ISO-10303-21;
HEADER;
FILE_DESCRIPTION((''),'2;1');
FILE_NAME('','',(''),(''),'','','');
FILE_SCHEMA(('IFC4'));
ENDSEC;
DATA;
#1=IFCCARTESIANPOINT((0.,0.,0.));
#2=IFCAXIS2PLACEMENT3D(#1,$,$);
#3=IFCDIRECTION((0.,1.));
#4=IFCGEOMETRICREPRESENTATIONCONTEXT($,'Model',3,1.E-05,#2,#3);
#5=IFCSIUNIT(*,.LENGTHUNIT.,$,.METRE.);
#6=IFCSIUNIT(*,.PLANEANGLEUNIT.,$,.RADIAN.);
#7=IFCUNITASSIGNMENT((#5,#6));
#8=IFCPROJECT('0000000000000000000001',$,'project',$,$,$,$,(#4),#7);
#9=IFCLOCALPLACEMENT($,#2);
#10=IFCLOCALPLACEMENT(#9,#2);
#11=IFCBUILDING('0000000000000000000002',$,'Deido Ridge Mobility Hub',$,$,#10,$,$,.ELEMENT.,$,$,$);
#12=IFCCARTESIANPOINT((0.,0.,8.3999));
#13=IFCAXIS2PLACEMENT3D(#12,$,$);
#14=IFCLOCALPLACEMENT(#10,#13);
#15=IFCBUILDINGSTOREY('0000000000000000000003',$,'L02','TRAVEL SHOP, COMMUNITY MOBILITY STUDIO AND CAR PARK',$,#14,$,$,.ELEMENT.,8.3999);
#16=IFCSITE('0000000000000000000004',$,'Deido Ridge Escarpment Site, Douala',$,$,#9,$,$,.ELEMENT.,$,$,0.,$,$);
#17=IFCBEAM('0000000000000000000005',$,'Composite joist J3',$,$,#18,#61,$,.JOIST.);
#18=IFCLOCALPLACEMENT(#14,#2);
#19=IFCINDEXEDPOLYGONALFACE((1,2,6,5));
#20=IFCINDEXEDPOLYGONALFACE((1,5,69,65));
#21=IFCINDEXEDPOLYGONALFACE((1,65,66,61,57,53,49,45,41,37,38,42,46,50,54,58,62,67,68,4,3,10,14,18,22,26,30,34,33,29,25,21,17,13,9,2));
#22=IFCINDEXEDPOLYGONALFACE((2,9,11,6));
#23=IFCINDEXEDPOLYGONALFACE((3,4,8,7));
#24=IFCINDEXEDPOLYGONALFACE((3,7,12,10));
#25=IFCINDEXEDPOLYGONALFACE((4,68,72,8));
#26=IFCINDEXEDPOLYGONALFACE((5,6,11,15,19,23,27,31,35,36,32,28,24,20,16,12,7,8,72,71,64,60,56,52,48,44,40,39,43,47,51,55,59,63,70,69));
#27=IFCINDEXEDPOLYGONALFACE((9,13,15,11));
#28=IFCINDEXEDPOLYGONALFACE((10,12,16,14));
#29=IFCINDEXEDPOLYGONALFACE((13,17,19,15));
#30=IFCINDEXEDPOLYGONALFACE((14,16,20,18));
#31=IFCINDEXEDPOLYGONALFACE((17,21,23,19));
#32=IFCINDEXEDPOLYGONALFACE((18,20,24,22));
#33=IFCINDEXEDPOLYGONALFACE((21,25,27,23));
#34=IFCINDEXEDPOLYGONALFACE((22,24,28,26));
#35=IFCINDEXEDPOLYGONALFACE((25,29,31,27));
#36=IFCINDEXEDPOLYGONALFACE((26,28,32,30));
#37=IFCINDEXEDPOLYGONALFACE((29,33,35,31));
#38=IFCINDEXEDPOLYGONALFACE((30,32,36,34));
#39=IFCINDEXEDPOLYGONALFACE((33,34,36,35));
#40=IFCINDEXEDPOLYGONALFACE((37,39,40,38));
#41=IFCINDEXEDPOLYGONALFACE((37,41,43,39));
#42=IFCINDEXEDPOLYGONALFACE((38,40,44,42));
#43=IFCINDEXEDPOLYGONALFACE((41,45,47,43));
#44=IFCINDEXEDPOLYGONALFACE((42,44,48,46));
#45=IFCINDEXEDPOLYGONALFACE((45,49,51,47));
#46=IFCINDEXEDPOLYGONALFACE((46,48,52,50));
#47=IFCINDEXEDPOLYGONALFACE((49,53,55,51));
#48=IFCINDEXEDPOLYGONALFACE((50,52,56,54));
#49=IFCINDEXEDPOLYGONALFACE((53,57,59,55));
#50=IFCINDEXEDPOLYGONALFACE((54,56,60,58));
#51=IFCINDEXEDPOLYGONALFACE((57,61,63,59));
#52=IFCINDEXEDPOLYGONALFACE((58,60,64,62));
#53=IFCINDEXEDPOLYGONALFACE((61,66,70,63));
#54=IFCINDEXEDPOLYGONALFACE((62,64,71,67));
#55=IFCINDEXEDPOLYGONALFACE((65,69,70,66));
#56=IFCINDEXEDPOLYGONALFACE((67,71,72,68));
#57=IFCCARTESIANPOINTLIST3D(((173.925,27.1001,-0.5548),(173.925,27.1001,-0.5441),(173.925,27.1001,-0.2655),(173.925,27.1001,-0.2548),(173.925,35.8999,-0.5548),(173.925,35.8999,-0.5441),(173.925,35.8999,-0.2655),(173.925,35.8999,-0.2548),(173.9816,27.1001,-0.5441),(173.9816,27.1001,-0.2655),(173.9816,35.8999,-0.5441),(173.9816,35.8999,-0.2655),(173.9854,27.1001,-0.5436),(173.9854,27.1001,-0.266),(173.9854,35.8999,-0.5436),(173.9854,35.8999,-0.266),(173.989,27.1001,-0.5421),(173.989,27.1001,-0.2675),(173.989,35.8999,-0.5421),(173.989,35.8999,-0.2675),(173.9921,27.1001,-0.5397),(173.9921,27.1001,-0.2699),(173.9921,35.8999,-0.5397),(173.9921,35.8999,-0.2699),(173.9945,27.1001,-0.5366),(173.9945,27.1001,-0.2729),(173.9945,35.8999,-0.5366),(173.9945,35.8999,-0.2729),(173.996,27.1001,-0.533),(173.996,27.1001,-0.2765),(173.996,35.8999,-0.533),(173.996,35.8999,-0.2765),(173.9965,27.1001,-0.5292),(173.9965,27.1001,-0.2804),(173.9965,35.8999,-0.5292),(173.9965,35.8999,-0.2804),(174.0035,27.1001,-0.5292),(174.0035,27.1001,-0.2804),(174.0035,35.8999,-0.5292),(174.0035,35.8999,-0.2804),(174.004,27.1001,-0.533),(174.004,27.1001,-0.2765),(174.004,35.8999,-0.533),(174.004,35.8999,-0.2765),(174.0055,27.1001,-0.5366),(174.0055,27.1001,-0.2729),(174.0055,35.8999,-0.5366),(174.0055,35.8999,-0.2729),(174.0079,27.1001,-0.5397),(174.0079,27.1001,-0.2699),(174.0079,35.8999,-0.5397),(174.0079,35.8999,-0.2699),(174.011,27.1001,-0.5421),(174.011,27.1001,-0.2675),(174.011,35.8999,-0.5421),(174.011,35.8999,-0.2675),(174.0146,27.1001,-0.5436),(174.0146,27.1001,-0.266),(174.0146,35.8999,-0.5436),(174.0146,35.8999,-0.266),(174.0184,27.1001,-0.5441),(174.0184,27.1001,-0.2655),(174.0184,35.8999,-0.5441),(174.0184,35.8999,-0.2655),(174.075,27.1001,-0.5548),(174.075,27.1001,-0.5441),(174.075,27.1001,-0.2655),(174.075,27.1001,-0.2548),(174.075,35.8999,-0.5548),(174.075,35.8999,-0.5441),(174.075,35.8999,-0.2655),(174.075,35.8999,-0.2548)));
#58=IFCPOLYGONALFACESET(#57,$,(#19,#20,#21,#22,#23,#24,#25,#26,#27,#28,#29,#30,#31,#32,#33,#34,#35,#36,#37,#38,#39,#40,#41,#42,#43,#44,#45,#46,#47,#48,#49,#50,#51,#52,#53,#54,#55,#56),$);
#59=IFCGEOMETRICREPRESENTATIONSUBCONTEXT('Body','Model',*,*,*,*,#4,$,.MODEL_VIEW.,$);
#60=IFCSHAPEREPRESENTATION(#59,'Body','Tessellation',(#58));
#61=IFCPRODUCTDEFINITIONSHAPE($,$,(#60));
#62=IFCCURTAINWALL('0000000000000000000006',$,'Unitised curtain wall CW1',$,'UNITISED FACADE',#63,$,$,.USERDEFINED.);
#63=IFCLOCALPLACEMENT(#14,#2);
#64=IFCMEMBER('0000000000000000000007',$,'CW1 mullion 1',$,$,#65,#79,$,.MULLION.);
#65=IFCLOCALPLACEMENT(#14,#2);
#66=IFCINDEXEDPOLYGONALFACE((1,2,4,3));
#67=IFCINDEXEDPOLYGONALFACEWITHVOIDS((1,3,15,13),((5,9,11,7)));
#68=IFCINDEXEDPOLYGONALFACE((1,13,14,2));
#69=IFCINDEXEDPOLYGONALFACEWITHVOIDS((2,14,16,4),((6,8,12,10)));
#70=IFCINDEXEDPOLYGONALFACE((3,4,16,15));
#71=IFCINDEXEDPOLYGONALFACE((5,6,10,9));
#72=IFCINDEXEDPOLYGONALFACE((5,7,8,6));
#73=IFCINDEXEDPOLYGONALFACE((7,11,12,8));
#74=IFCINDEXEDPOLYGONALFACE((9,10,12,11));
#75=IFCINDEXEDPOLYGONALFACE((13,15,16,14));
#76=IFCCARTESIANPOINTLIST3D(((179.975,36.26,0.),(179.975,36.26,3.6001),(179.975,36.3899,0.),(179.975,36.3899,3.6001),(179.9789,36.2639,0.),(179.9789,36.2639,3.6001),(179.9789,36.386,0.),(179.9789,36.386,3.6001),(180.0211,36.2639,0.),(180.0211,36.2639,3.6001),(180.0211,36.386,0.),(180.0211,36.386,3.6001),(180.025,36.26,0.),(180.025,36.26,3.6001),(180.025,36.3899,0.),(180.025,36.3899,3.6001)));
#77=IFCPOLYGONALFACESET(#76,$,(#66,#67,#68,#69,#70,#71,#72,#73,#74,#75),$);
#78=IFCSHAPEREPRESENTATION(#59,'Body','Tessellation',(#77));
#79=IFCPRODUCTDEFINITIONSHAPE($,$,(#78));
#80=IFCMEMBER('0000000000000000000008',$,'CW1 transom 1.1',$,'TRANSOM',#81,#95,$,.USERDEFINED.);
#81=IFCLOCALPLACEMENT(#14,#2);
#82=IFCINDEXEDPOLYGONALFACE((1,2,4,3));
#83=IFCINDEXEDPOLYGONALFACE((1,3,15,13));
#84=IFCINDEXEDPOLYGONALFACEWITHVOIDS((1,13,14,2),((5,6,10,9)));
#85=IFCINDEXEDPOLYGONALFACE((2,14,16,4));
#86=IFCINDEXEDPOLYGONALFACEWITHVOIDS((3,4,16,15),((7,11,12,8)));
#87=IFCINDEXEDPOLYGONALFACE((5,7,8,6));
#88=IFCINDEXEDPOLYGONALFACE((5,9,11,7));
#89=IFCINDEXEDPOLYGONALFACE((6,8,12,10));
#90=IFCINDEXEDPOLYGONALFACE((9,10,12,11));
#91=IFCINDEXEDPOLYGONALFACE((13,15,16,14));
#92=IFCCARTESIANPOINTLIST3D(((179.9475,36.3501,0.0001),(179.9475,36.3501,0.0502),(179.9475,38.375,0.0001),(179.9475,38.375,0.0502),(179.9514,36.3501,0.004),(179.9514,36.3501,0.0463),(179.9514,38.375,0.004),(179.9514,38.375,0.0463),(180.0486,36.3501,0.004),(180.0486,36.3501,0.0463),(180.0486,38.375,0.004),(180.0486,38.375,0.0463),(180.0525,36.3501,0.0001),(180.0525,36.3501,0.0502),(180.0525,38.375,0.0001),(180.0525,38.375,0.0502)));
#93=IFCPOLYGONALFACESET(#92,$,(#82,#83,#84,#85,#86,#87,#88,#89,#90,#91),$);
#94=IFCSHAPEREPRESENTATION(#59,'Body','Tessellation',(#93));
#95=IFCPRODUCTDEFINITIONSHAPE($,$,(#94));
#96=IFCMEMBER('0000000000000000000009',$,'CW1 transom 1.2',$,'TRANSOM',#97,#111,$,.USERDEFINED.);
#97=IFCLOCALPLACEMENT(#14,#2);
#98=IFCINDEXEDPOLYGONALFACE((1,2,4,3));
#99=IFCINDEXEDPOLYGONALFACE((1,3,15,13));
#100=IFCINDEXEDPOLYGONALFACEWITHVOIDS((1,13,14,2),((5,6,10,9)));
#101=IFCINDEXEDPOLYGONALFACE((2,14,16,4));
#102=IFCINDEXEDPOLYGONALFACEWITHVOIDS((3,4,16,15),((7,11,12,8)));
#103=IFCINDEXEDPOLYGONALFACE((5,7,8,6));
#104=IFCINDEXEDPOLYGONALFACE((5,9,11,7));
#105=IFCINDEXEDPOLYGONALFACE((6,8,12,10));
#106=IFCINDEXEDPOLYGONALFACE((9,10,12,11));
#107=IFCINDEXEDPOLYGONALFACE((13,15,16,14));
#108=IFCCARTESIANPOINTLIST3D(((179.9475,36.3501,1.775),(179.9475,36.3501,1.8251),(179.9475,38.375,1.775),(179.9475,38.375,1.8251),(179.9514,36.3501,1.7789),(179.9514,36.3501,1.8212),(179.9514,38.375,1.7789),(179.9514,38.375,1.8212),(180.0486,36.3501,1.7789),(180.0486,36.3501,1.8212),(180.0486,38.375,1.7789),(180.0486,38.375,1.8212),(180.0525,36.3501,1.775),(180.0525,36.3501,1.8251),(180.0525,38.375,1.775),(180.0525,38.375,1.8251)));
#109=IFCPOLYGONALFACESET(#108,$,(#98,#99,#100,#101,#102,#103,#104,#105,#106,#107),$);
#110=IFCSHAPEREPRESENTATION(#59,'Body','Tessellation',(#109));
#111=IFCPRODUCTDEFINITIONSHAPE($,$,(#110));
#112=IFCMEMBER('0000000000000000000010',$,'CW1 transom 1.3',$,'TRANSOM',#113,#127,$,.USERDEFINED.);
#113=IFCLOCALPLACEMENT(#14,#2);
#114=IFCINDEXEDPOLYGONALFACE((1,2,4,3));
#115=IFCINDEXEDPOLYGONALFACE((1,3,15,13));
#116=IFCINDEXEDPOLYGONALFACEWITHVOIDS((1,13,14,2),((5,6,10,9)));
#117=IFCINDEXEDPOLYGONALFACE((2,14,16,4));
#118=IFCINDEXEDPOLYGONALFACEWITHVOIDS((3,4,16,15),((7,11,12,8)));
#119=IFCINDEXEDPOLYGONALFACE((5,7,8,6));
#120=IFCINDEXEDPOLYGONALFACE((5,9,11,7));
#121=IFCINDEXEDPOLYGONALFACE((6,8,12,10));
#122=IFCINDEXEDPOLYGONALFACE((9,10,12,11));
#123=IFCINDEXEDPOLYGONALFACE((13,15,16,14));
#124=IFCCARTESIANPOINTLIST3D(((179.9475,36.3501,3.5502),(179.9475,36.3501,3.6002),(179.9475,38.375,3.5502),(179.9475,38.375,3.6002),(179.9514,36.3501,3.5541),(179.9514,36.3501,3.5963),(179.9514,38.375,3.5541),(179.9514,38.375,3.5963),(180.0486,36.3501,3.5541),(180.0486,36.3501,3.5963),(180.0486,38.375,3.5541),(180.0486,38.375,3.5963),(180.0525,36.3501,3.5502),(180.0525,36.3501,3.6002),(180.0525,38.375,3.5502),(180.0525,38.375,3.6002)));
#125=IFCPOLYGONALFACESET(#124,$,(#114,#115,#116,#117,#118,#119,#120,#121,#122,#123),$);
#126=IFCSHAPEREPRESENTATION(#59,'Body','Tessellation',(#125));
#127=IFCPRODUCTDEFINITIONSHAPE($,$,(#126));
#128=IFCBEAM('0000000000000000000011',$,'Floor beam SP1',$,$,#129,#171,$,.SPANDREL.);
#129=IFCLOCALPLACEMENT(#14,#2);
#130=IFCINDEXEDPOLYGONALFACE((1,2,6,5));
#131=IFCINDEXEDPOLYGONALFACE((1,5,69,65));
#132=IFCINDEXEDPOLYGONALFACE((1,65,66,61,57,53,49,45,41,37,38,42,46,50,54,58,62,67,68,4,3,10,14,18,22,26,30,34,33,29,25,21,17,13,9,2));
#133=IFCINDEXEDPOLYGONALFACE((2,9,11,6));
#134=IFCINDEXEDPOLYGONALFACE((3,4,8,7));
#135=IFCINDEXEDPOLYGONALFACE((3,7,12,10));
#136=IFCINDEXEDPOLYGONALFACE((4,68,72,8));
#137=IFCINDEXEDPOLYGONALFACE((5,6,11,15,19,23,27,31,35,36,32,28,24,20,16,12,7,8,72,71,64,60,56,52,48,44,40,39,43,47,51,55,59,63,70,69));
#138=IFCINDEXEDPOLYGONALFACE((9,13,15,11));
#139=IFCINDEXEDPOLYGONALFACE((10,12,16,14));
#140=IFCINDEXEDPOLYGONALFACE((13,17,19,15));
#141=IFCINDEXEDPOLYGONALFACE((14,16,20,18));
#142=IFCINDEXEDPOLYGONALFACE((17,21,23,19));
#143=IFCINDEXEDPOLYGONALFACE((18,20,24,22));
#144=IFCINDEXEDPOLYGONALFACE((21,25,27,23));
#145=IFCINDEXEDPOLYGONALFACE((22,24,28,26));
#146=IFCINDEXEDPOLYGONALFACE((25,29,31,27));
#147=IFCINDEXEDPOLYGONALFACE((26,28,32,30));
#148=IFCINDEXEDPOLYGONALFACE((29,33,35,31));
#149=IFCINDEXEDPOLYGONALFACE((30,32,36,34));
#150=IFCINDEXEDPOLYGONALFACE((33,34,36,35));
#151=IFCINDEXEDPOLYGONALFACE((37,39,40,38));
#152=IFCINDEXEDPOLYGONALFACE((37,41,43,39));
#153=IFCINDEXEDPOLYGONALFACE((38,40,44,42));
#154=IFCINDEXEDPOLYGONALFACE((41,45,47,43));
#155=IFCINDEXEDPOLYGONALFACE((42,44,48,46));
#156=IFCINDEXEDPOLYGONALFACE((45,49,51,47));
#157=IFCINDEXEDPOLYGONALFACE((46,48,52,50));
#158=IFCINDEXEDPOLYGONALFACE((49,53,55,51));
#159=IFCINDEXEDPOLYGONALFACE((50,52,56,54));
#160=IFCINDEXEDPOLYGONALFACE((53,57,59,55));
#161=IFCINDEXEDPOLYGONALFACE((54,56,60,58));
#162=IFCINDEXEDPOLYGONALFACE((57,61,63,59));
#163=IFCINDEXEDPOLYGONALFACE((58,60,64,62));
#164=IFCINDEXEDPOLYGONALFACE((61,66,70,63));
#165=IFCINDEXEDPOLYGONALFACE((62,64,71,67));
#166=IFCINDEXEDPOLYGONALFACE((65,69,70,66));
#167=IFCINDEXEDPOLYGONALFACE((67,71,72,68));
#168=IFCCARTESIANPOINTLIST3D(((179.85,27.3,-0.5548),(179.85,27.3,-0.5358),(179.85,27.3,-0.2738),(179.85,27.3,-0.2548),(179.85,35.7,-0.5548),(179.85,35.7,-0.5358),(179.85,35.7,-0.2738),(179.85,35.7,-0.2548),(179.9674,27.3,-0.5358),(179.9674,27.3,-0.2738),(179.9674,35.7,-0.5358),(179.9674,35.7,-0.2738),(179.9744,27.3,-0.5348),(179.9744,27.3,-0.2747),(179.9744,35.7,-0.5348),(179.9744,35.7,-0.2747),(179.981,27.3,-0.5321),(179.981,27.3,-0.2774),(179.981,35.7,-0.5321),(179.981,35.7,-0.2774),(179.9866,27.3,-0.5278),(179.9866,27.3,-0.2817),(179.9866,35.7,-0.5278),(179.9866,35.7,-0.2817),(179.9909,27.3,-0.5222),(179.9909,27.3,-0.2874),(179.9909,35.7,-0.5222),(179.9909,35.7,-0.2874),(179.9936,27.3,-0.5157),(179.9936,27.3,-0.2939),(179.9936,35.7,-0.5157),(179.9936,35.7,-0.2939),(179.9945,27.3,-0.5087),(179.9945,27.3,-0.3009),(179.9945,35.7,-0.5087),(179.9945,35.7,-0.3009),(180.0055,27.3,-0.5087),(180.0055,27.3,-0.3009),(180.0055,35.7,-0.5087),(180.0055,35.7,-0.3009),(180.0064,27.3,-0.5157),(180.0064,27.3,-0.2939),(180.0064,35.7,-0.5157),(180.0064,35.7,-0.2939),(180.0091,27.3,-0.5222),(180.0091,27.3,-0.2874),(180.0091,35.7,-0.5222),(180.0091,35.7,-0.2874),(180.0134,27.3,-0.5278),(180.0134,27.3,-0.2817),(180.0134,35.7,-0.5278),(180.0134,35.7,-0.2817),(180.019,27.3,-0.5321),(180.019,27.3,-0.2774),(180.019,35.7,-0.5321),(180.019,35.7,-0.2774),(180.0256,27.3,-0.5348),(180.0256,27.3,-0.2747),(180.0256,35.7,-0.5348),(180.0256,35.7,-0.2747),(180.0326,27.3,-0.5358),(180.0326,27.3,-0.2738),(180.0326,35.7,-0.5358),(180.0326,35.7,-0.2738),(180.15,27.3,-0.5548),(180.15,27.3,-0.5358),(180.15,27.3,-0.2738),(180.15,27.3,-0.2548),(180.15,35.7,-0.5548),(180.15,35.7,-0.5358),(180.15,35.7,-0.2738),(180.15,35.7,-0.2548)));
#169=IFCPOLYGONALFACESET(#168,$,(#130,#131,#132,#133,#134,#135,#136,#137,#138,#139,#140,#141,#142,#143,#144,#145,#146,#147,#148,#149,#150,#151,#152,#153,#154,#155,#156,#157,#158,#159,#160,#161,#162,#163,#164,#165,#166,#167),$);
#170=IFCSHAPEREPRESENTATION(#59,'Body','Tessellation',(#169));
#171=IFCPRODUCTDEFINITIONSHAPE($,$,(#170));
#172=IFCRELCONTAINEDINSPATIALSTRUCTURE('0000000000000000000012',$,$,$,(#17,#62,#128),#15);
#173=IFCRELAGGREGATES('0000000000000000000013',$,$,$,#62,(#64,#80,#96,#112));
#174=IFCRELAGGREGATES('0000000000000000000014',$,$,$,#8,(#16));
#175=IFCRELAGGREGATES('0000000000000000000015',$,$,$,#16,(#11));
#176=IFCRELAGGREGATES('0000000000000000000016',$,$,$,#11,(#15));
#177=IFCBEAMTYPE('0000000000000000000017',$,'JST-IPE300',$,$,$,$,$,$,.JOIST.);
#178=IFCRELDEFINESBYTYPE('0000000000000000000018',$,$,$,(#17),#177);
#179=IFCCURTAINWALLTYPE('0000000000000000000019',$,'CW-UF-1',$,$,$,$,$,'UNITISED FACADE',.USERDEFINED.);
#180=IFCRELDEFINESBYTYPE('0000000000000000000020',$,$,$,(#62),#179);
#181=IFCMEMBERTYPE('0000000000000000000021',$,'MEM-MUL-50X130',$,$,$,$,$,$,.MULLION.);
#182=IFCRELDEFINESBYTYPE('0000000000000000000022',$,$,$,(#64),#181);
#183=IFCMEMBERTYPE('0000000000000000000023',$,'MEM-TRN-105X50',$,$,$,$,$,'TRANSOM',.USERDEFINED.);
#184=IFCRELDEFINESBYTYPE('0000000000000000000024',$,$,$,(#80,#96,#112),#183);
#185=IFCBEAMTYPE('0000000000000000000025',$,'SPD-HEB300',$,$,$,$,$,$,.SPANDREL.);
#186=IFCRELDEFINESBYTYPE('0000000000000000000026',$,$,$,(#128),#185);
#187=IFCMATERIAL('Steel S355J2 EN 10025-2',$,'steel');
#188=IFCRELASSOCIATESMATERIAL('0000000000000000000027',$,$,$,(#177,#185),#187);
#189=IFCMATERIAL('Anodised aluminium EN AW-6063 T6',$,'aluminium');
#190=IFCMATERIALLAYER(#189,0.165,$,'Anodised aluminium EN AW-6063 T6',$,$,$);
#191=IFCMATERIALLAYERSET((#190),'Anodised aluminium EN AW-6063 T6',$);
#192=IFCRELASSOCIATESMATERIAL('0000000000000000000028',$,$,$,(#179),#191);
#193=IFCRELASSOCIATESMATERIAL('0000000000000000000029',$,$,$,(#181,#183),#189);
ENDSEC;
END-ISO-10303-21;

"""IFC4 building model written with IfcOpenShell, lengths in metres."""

from ifc_helpers import new_model, si_unit, direction, frame, origin, origin_2d, place, context, subcontext, project, spatial, hollow_rectangle, i_section, extrude, material, layer, layer_set, material_profile, profile_set, type_object, element, aggregate, save


model = new_model("IFC4")

# Units and contexts
model_context = context("Model", 3, precision=1e-05, world=origin(), true_north=direction((0.0, 1.0)))
body_context = subcontext(model_context, "Body", "Model", "MODEL_VIEW")
ifc_project = project(units=[si_unit("LENGTHUNIT", "METRE"), si_unit("PLANEANGLEUNIT", "RADIAN")], contexts=[model_context])

# Site, building, storey
site_placement = place(None, origin())
site = spatial("IfcSite", under=ifc_project, at=site_placement, Name="Deido Ridge Escarpment Site, Douala", CompositionType="ELEMENT", RefElevation=0.0)
building_placement = place(site_placement, origin())
building = spatial("IfcBuilding", under=site, at=building_placement, Name="Deido Ridge Mobility Hub", CompositionType="ELEMENT")
storey_placement = place(building_placement, frame((0.0, 0.0, 8.3999)))
storey = spatial("IfcBuildingStorey", under=building, at=storey_placement, Name="L02", Description="TRAVEL SHOP, COMMUNITY MOBILITY STUDIO AND CAR PARK", CompositionType="ELEMENT", Elevation=8.3999)

# Shared definitions
ifc_material_1 = material(Name="Steel S355J2 EN 10025-2", Category="steel")

# Beam
ifc_material_profile_1 = material_profile(ifc_material_1, i_section(OverallWidth=0.1499, OverallDepth=0.3, WebThickness=0.0071, FlangeThickness=0.0107, FilletRadius=0.0149, at=origin_2d()), Name="IPE 300")
ifc_profile_set_1 = profile_set([ifc_material_profile_1], Name="Steel S355J2 EN 10025-2")
beam_type_1 = type_object("IfcBeamType", Name="JST-IPE300", PredefinedType="JOIST", material=ifc_profile_set_1)
beam_1_placement = place(storey_placement, frame((174.0, 27.1001, -0.4048), z_axis=(0.0, 1.0, 0.0), x_axis=(-1.0, 0.0, 0.0)))
element("IfcBeam", 1, at=beam_1_placement, inside=storey, type_object=beam_type_1, Name="Composite joist J3", PredefinedType="JOIST", context=body_context, shape_type="SweptSolid", body=[
    extrude(i_section(OverallWidth=0.1499, OverallDepth=0.3, WebThickness=0.0071, FlangeThickness=0.0107, FilletRadius=0.0149, at=origin_2d()), origin(), (0.0, 0.0, 1.0), 8.7998),
])

# Curtain wall, members
ifc_material_2 = material(Name="Anodised aluminium EN AW-6063 T6", Category="aluminium")
ifc_layer_1 = layer(ifc_material_2, 0.165, Name="Anodised aluminium EN AW-6063 T6")
ifc_layer_set_1 = layer_set([ifc_layer_1], Name="Anodised aluminium EN AW-6063 T6")
curtain_wall_type = type_object("IfcCurtainWallType", Name="CW-UF-1", ElementType="UNITISED FACADE", PredefinedType="USERDEFINED", material=ifc_layer_set_1)
curtain_wall_placement = place(storey_placement, origin())
curtain_wall = element("IfcCurtainWall", 2, at=curtain_wall_placement, inside=storey, type_object=curtain_wall_type, Name="Unitised curtain wall CW1", ObjectType="UNITISED FACADE", PredefinedType="USERDEFINED")
ifc_material_profile_2 = material_profile(ifc_material_2, hollow_rectangle(XDim=0.05, YDim=0.1299, WallThickness=0.0039, at=origin_2d()), Name="RHS 50x130x4")
ifc_profile_set_2 = profile_set([ifc_material_profile_2], Name="Anodised aluminium EN AW-6063 T6")
member_type_1 = type_object("IfcMemberType", Name="MEM-MUL-50X130", PredefinedType="MULLION", material=ifc_profile_set_2)
member_1_placement = place(storey_placement, frame((180.0, 36.325, 0.0), z_axis=(0.0, 0.0, 1.0), x_axis=(-1.0, 0.0, 0.0)))
member_1 = element("IfcMember", 3, at=member_1_placement, type_object=member_type_1, Name="CW1 mullion 1", PredefinedType="MULLION", context=body_context, shape_type="SweptSolid", body=[
    extrude(hollow_rectangle(XDim=0.05, YDim=0.1299, WallThickness=0.0039, at=origin_2d()), origin(), (0.0, 0.0, 1.0), 3.6001),
])
ifc_material_profile_3 = material_profile(ifc_material_2, hollow_rectangle(XDim=0.105, YDim=0.05, WallThickness=0.0039, at=origin_2d()), Name="RHS 105x50x4")
ifc_profile_set_3 = profile_set([ifc_material_profile_3], Name="Anodised aluminium EN AW-6063 T6")
member_type_2 = type_object("IfcMemberType", Name="MEM-TRN-105X50", ElementType="TRANSOM", PredefinedType="USERDEFINED", material=ifc_profile_set_3)
member_2_placement = place(storey_placement, frame((180.0, 36.3501, 0.0251), z_axis=(0.0, 1.0, 0.0), x_axis=(-1.0, 0.0, 0.0)))
member_2 = element("IfcMember", 4, at=member_2_placement, type_object=member_type_2, Name="CW1 transom 1.1", ObjectType="TRANSOM", PredefinedType="USERDEFINED", context=body_context, shape_type="SweptSolid", body=[
    extrude(hollow_rectangle(XDim=0.105, YDim=0.05, WallThickness=0.0039, at=origin_2d()), origin(), (0.0, 0.0, 1.0), 2.0249),
])
member_3_placement = place(storey_placement, frame((180.0, 36.3501, 1.8), z_axis=(0.0, 1.0, 0.0), x_axis=(-1.0, 0.0, 0.0)))
member_3 = element("IfcMember", 5, at=member_3_placement, type_object=member_type_2, Name="CW1 transom 1.2", ObjectType="TRANSOM", PredefinedType="USERDEFINED", context=body_context, shape_type="SweptSolid", body=[
    extrude(hollow_rectangle(XDim=0.105, YDim=0.05, WallThickness=0.0039, at=origin_2d()), origin(), (0.0, 0.0, 1.0), 2.0249),
])
member_4_placement = place(storey_placement, frame((180.0, 36.3501, 3.5752), z_axis=(0.0, 1.0, 0.0), x_axis=(-1.0, 0.0, 0.0)))
member_4 = element("IfcMember", 6, at=member_4_placement, type_object=member_type_2, Name="CW1 transom 1.3", ObjectType="TRANSOM", PredefinedType="USERDEFINED", context=body_context, shape_type="SweptSolid", body=[
    extrude(hollow_rectangle(XDim=0.105, YDim=0.05, WallThickness=0.0039, at=origin_2d()), origin(), (0.0, 0.0, 1.0), 2.0249),
])
aggregate(curtain_wall, [member_1, member_2, member_3, member_4])

# Beam
ifc_material_profile_4 = material_profile(ifc_material_1, i_section(OverallWidth=0.3, OverallDepth=0.3, WebThickness=0.011, FlangeThickness=0.019, FilletRadius=0.0271, at=origin_2d()), Name="HEB 300")
ifc_profile_set_4 = profile_set([ifc_material_profile_4], Name="Steel S355J2 EN 10025-2")
beam_type_2 = type_object("IfcBeamType", Name="SPD-HEB300", PredefinedType="SPANDREL", material=ifc_profile_set_4)
for number, where, z_axis, x_axis, name in (
    (7, (180.0, 27.3, -0.4048), (0.0, 1.0, 0.0), (-1.0, 0.0, 0.0), "Floor beam SP1"),
):
    element("IfcBeam", number, at=place(storey_placement, frame(where, z_axis=z_axis, x_axis=x_axis)), inside=storey, type_object=beam_type_2, Name=name, PredefinedType="SPANDREL", context=body_context, shape_type="SweptSolid", body=[
        extrude(i_section(OverallWidth=0.3, OverallDepth=0.3, WebThickness=0.011, FlangeThickness=0.019, FilletRadius=0.0271, at=origin_2d()), origin(), (0.0, 0.0, 1.0), 8.3999),
    ])

save(model, "model.ifc")
